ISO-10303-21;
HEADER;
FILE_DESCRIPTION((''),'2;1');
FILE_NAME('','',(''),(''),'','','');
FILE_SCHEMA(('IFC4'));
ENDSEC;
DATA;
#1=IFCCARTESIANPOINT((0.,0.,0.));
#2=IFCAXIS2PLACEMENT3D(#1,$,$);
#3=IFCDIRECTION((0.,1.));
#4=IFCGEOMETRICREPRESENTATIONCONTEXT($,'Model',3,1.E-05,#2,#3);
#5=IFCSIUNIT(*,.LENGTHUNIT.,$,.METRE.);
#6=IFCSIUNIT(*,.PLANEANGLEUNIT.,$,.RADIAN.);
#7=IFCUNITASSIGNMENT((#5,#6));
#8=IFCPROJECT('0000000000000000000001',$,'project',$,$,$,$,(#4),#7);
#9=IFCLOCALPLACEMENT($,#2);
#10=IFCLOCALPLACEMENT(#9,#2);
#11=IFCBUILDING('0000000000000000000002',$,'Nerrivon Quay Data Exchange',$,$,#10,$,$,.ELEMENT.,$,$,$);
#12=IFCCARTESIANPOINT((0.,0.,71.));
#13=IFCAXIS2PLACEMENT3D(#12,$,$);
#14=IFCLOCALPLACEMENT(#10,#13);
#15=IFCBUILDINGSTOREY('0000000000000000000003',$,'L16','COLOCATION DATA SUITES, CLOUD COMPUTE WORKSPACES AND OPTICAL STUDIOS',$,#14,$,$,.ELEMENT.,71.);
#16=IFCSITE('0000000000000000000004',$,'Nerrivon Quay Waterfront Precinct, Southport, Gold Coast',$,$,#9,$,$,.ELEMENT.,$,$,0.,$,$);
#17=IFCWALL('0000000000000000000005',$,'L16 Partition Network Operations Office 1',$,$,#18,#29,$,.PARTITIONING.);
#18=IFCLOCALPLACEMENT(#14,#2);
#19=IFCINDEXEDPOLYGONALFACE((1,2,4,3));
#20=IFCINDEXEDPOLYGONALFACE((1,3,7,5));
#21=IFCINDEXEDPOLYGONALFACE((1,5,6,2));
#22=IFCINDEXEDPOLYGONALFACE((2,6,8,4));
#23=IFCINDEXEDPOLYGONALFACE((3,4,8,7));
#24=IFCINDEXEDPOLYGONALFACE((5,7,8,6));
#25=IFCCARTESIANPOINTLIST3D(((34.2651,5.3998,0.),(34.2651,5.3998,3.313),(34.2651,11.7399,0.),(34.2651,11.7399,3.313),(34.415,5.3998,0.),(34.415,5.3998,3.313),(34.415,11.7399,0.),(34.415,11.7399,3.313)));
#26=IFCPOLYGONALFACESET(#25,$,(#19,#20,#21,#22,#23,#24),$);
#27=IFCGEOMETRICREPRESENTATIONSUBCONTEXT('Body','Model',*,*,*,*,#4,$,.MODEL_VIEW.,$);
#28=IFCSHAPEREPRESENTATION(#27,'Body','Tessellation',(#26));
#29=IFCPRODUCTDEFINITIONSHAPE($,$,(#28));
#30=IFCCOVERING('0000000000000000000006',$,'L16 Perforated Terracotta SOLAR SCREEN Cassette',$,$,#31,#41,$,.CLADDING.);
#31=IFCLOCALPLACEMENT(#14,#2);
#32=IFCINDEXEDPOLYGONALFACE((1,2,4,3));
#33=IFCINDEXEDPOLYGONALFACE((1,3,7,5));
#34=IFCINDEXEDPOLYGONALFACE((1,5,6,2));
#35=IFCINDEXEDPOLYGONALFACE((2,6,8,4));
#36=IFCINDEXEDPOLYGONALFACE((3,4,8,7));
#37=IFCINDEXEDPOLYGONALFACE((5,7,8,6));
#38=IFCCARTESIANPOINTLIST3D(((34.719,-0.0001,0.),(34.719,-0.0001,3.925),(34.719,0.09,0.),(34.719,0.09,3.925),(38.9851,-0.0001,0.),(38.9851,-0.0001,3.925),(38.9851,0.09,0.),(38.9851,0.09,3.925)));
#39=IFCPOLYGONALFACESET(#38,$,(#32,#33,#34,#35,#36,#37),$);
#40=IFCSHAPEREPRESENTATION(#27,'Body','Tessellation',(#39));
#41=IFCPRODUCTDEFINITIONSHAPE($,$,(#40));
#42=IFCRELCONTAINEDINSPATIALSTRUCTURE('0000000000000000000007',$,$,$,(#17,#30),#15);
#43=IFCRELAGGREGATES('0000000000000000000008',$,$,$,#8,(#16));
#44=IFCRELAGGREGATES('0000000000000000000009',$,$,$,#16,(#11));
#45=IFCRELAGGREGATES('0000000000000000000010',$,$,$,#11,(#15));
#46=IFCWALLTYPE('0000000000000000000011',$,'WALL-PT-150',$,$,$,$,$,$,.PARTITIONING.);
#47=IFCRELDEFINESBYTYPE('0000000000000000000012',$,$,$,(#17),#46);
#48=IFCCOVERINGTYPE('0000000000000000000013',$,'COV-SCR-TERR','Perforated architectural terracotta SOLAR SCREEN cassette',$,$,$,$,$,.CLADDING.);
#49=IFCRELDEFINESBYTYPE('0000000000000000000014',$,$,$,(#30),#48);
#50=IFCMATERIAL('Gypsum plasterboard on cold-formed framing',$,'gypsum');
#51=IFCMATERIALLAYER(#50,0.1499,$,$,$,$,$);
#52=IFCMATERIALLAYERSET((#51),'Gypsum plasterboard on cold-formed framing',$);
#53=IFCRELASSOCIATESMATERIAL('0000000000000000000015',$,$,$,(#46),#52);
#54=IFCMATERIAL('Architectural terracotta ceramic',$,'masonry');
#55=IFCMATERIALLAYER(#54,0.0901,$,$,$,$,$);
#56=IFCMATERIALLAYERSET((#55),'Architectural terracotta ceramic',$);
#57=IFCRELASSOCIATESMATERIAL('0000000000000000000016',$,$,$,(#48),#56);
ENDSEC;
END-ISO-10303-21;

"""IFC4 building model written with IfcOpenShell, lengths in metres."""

from ifc_helpers import new_model, si_unit, direction, frame, frame_2d, origin, origin_2d, place, context, subcontext, project, spatial, rectangle, extrude, material, layer, layer_set, type_object, element, save


model = new_model("IFC4")

# Units and contexts
model_context = context("Model", 3, precision=1e-05, world=origin(), true_north=direction((0.0, 1.0)))
body_context = subcontext(model_context, "Body", "Model", "MODEL_VIEW")
ifc_project = project(units=[si_unit("LENGTHUNIT", "METRE"), si_unit("PLANEANGLEUNIT", "RADIAN")], contexts=[model_context])

# Site, building, storey
site_placement = place(None, origin())
site = spatial("IfcSite", under=ifc_project, at=site_placement, Name="Nerrivon Quay Waterfront Precinct, Southport, Gold Coast", CompositionType="ELEMENT", RefElevation=0.0)
building_placement = place(site_placement, origin())
building = spatial("IfcBuilding", under=site, at=building_placement, Name="Nerrivon Quay Data Exchange", CompositionType="ELEMENT")
storey_placement = place(building_placement, frame((0.0, 0.0, 71.0)))
storey = spatial("IfcBuildingStorey", under=building, at=storey_placement, Name="L16", Description="COLOCATION DATA SUITES, CLOUD COMPUTE WORKSPACES AND OPTICAL STUDIOS", CompositionType="ELEMENT", Elevation=71.0)

# Wall
ifc_material_1 = material(Name="Gypsum plasterboard on cold-formed framing", Category="gypsum")
ifc_layer_1 = layer(ifc_material_1, 0.1499)
ifc_layer_set_1 = layer_set([ifc_layer_1], Name="Gypsum plasterboard on cold-formed framing")
wall_type_1 = type_object("IfcWallType", Name="WALL-PT-150", PredefinedType="PARTITIONING", material=ifc_layer_set_1)
wall_1_placement = place(storey_placement, frame((34.3401, 5.3999, 0.0), z_axis=(0.0, 0.0, 1.0), x_axis=(0.0, 1.0, 0.0)))
element("IfcWall", 1, at=wall_1_placement, inside=storey, type_object=wall_type_1, Name="L16 Partition Network Operations Office 1", PredefinedType="PARTITIONING", context=body_context, shape_type="SweptSolid", body=[
    extrude(rectangle(XDim=6.3401, YDim=0.1499, at=frame_2d((3.1699, 0.0))), origin(), (0.0, 0.0, 1.0), 3.313),
])

# Covering
ifc_material_2 = material(Name="Architectural terracotta ceramic", Category="masonry")
ifc_layer_2 = layer(ifc_material_2, 0.0901)
ifc_layer_set_2 = layer_set([ifc_layer_2], Name="Architectural terracotta ceramic")
covering_type = type_object("IfcCoveringType", Name="COV-SCR-TERR", Description="Perforated architectural terracotta SOLAR SCREEN cassette", PredefinedType="CLADDING", material=ifc_layer_set_2)
covering_placement = place(storey_placement, frame((36.8521, 0.0449, 0.0), z_axis=(0.0, 0.0, 1.0), x_axis=(-1.0, 0.0, 0.0)))
element("IfcCovering", 2, at=covering_placement, inside=storey, type_object=covering_type, Name="L16 Perforated Terracotta SOLAR SCREEN Cassette", PredefinedType="CLADDING", context=body_context, shape_type="SweptSolid", body=[
    extrude(rectangle(XDim=4.2661, YDim=0.0901, at=origin_2d()), origin(), (0.0, 0.0, 1.0), 3.925),
])

save(model, "model.ifc")
